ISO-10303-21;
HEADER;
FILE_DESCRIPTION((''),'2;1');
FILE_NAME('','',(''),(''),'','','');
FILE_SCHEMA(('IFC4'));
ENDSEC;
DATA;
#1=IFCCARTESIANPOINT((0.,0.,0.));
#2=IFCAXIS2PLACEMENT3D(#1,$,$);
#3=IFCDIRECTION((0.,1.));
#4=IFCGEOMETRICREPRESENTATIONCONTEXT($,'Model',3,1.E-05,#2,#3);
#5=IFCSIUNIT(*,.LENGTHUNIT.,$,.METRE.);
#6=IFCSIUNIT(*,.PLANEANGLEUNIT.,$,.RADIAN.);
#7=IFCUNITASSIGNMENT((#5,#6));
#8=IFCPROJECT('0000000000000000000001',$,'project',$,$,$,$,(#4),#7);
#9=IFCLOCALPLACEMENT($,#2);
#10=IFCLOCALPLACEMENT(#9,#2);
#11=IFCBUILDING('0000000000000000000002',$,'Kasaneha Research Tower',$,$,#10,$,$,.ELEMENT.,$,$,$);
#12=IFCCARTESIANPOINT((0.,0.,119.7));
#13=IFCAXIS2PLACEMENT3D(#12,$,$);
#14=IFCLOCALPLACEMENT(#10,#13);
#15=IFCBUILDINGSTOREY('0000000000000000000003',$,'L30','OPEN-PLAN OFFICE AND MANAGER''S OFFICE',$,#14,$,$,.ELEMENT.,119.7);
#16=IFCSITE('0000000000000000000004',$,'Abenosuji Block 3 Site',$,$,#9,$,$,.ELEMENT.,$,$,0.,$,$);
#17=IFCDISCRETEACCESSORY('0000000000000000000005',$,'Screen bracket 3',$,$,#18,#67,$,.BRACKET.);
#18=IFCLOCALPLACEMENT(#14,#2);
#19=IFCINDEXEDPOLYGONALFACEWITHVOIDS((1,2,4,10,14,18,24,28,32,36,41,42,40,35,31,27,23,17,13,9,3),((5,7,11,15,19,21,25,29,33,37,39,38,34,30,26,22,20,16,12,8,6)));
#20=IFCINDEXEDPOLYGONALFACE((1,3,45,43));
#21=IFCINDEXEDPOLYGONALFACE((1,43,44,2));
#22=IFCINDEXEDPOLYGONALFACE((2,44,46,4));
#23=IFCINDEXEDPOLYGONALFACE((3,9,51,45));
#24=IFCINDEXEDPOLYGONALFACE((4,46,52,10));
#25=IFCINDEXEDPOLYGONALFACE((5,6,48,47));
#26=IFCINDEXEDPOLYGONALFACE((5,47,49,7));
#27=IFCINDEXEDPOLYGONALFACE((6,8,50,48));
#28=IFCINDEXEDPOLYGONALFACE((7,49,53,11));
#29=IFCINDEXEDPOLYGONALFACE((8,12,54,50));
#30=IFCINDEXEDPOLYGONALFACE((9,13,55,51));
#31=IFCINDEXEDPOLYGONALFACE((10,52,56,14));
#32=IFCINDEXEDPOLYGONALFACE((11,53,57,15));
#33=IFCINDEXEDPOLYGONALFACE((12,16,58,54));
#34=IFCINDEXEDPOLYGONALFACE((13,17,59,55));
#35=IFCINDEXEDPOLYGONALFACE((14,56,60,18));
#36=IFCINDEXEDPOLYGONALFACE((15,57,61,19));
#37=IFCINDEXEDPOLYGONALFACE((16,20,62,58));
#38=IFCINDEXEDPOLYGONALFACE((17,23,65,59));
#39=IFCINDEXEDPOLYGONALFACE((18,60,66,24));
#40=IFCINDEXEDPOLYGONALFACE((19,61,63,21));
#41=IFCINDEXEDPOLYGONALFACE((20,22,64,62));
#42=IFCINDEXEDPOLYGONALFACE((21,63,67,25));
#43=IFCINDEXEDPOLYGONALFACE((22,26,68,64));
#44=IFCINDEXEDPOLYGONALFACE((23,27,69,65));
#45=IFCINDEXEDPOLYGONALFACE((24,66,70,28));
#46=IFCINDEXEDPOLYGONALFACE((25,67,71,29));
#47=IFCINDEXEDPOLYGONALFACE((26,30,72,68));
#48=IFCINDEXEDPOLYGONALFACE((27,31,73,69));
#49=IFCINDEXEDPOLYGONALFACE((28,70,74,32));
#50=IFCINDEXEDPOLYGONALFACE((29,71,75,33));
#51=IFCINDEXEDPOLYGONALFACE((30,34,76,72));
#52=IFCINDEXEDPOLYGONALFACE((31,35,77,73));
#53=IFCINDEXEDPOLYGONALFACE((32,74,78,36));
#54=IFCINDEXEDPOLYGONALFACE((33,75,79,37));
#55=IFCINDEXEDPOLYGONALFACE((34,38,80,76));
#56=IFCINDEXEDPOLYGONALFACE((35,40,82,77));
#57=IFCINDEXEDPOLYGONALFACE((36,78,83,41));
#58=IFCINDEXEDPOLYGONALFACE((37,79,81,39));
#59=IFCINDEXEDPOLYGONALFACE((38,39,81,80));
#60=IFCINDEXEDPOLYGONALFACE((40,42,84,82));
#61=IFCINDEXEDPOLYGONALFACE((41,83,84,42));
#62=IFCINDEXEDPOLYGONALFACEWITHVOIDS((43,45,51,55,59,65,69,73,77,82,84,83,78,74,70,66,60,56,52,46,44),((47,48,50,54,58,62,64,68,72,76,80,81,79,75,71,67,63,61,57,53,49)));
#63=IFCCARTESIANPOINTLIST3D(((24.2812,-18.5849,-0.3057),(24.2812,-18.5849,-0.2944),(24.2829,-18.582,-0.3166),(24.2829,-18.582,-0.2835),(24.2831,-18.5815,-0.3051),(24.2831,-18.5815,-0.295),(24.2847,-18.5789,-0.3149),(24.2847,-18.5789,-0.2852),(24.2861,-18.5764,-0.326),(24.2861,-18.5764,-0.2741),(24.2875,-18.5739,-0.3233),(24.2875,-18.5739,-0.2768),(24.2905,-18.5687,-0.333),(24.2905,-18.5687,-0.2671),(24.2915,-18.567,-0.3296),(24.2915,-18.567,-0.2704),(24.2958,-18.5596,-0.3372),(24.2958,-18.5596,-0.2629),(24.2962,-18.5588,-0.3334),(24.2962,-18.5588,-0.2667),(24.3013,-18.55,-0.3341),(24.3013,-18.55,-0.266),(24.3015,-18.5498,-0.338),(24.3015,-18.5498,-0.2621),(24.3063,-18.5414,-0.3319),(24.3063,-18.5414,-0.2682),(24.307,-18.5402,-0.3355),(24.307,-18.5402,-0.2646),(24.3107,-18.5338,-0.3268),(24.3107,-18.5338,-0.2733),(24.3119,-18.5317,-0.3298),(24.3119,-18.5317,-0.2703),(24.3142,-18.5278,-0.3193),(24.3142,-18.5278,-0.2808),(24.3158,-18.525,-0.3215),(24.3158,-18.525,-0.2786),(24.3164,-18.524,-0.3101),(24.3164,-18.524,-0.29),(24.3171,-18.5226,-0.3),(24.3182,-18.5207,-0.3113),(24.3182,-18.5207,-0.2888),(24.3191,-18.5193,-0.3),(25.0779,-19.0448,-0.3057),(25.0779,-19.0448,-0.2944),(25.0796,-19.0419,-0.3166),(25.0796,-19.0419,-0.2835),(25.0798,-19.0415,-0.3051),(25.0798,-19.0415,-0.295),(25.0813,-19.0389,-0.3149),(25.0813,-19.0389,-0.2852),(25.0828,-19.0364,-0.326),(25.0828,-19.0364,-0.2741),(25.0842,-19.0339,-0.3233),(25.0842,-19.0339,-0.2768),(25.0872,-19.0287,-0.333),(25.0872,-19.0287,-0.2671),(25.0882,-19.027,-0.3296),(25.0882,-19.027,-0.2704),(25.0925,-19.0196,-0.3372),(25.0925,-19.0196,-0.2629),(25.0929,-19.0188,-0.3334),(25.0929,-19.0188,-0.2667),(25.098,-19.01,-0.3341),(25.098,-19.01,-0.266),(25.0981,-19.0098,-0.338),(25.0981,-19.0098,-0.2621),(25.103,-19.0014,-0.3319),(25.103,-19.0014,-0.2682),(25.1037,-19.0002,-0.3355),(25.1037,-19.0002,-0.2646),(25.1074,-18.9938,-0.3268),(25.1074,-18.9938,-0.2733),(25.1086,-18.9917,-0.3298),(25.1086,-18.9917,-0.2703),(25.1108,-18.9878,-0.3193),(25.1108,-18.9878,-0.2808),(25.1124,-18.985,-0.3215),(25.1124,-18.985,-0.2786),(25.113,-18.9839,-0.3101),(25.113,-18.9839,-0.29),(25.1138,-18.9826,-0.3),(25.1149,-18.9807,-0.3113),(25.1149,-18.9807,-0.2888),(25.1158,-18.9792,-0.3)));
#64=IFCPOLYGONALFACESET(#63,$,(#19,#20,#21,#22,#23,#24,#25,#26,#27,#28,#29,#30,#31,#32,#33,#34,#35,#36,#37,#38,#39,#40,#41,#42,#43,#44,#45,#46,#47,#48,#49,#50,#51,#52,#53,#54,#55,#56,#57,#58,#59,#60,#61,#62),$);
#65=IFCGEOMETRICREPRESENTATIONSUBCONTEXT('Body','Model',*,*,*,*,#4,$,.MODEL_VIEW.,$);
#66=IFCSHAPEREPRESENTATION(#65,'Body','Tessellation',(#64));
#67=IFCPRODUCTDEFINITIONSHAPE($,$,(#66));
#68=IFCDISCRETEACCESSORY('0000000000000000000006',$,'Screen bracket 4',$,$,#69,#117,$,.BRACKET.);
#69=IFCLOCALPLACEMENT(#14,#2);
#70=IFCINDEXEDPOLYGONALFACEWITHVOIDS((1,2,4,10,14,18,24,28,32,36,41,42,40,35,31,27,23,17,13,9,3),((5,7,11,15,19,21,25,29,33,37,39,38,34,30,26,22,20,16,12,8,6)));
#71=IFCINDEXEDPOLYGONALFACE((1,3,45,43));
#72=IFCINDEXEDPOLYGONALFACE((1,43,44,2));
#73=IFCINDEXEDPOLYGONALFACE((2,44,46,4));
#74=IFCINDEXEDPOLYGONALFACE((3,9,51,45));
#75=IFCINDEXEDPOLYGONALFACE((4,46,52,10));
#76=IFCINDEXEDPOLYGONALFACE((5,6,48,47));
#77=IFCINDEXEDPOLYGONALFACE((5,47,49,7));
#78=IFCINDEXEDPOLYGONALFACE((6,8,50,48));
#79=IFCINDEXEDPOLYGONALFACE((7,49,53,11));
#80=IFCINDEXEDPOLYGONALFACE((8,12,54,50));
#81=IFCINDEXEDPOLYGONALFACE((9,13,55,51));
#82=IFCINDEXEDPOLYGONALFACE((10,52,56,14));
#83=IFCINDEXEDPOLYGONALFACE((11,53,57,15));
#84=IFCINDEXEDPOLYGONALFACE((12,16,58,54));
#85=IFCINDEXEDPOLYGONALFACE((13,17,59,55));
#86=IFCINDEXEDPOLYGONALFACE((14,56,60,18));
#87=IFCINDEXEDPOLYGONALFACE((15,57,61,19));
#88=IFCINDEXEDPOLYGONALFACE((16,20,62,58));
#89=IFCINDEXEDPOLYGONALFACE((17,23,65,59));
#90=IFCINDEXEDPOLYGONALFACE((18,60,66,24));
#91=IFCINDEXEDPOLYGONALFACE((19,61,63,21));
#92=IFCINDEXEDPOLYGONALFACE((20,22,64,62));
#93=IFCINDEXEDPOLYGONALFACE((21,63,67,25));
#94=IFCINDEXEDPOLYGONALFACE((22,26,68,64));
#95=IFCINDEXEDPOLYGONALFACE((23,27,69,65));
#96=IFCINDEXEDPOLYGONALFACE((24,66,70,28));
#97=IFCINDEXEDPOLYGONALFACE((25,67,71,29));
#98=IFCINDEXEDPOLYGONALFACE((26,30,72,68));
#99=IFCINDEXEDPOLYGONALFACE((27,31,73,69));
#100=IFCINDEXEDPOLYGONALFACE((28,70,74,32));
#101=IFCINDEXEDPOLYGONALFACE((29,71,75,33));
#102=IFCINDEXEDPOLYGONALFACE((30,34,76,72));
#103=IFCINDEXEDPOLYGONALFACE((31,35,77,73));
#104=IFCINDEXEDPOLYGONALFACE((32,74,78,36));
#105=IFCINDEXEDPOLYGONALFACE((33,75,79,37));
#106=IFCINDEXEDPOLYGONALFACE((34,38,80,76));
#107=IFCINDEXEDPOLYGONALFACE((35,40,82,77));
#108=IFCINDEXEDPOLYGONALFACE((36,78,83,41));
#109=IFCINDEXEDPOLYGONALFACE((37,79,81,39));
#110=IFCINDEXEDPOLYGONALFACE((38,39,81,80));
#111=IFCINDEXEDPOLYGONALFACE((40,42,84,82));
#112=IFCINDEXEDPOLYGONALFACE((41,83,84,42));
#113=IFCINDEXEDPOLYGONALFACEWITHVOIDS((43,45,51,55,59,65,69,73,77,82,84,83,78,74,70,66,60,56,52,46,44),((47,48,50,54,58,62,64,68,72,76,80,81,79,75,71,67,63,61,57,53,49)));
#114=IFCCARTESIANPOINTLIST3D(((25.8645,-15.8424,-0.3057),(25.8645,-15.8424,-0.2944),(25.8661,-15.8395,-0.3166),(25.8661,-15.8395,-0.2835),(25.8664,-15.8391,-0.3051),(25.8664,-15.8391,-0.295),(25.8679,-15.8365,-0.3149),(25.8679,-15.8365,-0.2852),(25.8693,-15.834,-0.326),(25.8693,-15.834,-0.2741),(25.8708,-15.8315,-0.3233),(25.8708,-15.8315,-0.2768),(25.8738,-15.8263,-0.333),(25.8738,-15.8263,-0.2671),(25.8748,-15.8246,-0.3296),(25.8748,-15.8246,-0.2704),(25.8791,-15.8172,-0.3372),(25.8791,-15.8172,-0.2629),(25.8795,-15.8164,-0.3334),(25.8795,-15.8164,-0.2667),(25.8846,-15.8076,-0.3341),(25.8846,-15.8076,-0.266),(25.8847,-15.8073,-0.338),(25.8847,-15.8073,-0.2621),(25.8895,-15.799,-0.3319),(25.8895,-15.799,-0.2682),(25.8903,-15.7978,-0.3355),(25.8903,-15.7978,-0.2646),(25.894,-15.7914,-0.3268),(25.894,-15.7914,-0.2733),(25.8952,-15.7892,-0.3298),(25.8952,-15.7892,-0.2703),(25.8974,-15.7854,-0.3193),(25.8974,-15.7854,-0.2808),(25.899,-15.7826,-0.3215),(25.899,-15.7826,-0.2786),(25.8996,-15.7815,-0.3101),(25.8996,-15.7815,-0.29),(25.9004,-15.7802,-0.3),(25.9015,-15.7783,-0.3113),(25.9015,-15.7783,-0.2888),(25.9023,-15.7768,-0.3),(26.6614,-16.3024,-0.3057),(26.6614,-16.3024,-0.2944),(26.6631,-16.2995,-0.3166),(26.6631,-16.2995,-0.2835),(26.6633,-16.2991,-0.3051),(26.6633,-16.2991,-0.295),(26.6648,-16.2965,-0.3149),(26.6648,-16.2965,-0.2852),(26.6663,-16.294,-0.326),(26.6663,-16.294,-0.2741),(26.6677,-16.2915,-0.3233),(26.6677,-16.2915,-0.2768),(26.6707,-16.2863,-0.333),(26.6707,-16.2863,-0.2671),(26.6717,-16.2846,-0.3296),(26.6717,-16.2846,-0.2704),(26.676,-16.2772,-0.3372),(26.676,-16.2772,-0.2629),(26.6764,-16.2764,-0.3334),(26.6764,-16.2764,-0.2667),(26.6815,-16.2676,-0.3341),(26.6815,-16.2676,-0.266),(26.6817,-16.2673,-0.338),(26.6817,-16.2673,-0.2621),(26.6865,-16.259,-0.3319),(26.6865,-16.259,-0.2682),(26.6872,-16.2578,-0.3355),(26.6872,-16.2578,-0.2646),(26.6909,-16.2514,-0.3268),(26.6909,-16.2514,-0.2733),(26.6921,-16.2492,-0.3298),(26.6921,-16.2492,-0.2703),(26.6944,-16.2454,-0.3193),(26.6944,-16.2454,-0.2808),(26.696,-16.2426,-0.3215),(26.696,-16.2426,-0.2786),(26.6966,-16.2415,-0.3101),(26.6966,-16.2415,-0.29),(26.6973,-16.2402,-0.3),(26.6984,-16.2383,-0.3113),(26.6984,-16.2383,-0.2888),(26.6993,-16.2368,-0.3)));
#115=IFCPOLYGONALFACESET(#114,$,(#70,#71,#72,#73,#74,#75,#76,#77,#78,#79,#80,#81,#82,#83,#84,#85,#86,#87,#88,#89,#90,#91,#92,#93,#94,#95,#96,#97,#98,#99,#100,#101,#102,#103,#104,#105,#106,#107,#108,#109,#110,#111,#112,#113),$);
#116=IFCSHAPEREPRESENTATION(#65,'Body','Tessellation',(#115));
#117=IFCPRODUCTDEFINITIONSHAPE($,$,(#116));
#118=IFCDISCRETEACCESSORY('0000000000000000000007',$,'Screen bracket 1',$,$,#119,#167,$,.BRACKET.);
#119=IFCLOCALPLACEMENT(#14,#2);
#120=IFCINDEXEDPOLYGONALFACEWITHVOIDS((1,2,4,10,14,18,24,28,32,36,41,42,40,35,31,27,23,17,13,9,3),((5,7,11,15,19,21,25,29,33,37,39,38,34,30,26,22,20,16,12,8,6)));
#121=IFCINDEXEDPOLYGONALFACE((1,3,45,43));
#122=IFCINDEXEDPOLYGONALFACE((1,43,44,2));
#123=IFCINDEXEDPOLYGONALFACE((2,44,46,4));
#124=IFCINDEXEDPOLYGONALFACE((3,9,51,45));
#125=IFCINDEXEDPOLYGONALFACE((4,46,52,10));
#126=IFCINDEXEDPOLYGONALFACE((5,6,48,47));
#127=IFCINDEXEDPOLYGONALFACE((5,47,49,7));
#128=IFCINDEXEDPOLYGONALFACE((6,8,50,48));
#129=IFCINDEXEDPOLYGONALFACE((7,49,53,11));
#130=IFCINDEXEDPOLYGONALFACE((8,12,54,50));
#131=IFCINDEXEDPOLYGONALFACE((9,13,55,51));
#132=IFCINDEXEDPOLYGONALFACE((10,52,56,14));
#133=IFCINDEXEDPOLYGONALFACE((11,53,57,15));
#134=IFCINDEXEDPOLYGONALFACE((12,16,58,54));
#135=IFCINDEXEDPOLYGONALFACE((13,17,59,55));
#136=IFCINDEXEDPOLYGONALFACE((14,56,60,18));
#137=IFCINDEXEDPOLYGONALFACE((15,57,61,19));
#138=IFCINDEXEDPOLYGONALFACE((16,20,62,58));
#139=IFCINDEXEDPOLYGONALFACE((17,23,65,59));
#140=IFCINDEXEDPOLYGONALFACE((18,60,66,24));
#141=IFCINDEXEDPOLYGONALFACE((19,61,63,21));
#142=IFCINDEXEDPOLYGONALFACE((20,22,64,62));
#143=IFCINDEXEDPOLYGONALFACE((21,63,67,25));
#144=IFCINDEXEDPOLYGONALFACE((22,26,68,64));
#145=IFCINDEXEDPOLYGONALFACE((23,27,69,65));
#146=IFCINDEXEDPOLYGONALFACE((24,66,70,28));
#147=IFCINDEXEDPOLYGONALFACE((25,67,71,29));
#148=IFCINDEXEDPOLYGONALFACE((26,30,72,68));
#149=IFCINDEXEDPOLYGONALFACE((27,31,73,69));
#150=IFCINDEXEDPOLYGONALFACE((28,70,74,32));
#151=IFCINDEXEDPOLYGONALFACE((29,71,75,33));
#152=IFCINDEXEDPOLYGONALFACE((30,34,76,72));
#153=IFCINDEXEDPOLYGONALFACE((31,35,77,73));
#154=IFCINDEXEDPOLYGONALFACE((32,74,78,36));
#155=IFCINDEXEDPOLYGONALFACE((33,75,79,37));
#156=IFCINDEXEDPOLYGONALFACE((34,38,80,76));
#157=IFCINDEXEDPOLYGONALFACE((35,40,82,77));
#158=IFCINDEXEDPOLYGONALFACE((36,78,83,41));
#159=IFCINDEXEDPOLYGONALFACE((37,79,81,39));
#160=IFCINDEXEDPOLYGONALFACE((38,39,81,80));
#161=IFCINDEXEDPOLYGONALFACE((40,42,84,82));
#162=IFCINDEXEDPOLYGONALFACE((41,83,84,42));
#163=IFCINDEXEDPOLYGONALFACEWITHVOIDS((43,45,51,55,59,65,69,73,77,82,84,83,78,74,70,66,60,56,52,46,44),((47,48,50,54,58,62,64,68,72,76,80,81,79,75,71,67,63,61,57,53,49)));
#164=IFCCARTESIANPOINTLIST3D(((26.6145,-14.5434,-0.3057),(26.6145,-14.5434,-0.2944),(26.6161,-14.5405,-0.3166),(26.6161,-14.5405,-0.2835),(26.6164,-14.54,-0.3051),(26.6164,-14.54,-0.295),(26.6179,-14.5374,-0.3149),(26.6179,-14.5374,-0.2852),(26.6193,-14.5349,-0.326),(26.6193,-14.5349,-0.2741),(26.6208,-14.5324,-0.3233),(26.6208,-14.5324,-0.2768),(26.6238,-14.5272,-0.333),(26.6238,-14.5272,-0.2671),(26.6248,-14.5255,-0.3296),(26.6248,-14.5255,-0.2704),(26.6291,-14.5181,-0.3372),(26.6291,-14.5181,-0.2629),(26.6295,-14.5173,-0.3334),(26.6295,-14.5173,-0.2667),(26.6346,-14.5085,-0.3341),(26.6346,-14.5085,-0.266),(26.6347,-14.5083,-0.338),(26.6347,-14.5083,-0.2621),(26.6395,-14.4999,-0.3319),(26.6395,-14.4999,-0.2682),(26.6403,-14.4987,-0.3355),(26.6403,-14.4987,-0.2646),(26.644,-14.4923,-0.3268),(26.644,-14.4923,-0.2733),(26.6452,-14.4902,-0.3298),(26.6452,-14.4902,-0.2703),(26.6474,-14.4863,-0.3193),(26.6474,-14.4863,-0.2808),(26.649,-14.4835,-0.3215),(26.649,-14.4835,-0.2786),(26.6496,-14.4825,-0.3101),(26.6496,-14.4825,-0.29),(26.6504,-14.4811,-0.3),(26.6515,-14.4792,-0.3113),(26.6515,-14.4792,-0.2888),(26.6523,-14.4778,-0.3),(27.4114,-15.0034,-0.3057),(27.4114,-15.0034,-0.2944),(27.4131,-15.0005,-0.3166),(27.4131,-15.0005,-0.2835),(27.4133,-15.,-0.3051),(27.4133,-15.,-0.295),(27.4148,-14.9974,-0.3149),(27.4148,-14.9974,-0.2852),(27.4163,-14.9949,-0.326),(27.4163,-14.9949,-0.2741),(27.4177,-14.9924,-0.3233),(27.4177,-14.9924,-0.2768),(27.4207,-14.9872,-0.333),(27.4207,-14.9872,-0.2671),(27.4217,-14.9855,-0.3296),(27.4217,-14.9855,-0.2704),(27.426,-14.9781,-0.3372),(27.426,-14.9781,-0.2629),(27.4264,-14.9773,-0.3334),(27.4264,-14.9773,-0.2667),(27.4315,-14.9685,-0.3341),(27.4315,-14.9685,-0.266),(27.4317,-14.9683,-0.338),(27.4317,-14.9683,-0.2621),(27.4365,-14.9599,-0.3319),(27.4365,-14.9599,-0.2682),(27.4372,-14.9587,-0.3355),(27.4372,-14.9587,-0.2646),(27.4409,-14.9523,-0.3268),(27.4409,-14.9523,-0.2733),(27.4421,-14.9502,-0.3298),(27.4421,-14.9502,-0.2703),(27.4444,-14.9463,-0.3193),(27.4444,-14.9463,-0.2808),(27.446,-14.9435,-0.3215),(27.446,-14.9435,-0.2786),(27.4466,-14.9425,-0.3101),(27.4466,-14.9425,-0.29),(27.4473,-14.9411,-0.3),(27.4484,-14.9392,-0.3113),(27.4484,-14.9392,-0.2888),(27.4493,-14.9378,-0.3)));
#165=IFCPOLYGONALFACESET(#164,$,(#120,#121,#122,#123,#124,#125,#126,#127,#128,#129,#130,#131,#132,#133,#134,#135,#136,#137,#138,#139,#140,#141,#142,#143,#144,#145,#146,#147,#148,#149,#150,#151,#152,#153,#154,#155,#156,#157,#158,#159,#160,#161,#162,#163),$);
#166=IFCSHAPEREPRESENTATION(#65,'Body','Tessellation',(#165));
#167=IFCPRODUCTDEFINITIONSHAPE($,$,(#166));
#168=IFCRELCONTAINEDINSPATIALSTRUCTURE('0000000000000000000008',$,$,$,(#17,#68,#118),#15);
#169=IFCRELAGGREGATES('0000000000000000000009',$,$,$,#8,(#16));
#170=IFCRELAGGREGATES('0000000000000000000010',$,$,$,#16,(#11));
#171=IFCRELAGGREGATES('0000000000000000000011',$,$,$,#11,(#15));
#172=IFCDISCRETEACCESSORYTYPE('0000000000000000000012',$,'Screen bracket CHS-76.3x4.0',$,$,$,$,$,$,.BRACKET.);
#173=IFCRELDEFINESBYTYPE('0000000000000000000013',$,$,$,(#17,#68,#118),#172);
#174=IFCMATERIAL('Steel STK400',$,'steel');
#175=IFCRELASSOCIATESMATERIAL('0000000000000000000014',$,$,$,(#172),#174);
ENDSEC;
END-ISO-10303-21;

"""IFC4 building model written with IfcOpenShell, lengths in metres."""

from ifc_helpers import new_model, si_unit, direction, frame, origin, origin_2d, place, context, subcontext, project, spatial, hollow_circle, extrude, material, material_profile, profile_set, type_object, element, save


model = new_model("IFC4")

# Units and contexts
model_context = context("Model", 3, precision=1e-05, world=origin(), true_north=direction((0.0, 1.0)))
body_context = subcontext(model_context, "Body", "Model", "MODEL_VIEW")
ifc_project = project(units=[si_unit("LENGTHUNIT", "METRE"), si_unit("PLANEANGLEUNIT", "RADIAN")], contexts=[model_context])

# Site, building, storey
site_placement = place(None, origin())
site = spatial("IfcSite", under=ifc_project, at=site_placement, Name="Abenosuji Block 3 Site", CompositionType="ELEMENT", RefElevation=0.0)
building_placement = place(site_placement, origin())
building = spatial("IfcBuilding", under=site, at=building_placement, Name="Kasaneha Research Tower", CompositionType="ELEMENT")
storey_placement = place(building_placement, frame((0.0, 0.0, 119.7)))
storey = spatial("IfcBuildingStorey", under=building, at=storey_placement, Name="L30", Description="OPEN-PLAN OFFICE AND MANAGER'S OFFICE", CompositionType="ELEMENT", Elevation=119.7)

# Discrete accessories
ifc_material_1 = material(Name="Steel STK400", Category="steel")
ifc_material_profile_1 = material_profile(ifc_material_1, hollow_circle(Radius=0.0381, WallThickness=0.0039, at=origin_2d()), Name="CHS-76.3x4.0")
ifc_profile_set_1 = profile_set([ifc_material_profile_1], Name="Steel STK400")
discrete_accessory_type = type_object("IfcDiscreteAccessoryType", Name="Screen bracket CHS-76.3x4.0", PredefinedType="BRACKET", material=ifc_profile_set_1)
discrete_accessory_1_placement = place(storey_placement, frame((24.3, -18.5522, -0.3), z_axis=(0.866013, -0.500021, 0.0), x_axis=(0.500021, 0.866013, 0.0)))
element("IfcDiscreteAccessory", 1, at=discrete_accessory_1_placement, inside=storey, type_object=discrete_accessory_type, Name="Screen bracket 3", PredefinedType="BRACKET", context=body_context, shape_type="SweptSolid", body=[
    extrude(hollow_circle(Radius=0.0381, WallThickness=0.0039, at=origin_2d()), origin(), (0.0, 0.0, 1.0), 0.9199),
])
for number, where, z_axis, x_axis, name in (
    (2, (25.8833, -15.8098, -0.3), (0.86608, -0.499906, 0.0), (0.499906, 0.86608, 0.0), "Screen bracket 4"),
    (3, (26.6333, -14.5107, -0.3), (0.86608, -0.499906, 0.0), (0.499906, 0.86608, 0.0), "Screen bracket 1"),
):
    element("IfcDiscreteAccessory", number, at=place(storey_placement, frame(where, z_axis=z_axis, x_axis=x_axis)), inside=storey, type_object=discrete_accessory_type, Name=name, PredefinedType="BRACKET", context=body_context, shape_type="SweptSolid", body=[
        extrude(hollow_circle(Radius=0.0381, WallThickness=0.0039, at=origin_2d()), origin(), (0.0, 0.0, 1.0), 0.9202),
    ])

save(model, "model.ifc")
